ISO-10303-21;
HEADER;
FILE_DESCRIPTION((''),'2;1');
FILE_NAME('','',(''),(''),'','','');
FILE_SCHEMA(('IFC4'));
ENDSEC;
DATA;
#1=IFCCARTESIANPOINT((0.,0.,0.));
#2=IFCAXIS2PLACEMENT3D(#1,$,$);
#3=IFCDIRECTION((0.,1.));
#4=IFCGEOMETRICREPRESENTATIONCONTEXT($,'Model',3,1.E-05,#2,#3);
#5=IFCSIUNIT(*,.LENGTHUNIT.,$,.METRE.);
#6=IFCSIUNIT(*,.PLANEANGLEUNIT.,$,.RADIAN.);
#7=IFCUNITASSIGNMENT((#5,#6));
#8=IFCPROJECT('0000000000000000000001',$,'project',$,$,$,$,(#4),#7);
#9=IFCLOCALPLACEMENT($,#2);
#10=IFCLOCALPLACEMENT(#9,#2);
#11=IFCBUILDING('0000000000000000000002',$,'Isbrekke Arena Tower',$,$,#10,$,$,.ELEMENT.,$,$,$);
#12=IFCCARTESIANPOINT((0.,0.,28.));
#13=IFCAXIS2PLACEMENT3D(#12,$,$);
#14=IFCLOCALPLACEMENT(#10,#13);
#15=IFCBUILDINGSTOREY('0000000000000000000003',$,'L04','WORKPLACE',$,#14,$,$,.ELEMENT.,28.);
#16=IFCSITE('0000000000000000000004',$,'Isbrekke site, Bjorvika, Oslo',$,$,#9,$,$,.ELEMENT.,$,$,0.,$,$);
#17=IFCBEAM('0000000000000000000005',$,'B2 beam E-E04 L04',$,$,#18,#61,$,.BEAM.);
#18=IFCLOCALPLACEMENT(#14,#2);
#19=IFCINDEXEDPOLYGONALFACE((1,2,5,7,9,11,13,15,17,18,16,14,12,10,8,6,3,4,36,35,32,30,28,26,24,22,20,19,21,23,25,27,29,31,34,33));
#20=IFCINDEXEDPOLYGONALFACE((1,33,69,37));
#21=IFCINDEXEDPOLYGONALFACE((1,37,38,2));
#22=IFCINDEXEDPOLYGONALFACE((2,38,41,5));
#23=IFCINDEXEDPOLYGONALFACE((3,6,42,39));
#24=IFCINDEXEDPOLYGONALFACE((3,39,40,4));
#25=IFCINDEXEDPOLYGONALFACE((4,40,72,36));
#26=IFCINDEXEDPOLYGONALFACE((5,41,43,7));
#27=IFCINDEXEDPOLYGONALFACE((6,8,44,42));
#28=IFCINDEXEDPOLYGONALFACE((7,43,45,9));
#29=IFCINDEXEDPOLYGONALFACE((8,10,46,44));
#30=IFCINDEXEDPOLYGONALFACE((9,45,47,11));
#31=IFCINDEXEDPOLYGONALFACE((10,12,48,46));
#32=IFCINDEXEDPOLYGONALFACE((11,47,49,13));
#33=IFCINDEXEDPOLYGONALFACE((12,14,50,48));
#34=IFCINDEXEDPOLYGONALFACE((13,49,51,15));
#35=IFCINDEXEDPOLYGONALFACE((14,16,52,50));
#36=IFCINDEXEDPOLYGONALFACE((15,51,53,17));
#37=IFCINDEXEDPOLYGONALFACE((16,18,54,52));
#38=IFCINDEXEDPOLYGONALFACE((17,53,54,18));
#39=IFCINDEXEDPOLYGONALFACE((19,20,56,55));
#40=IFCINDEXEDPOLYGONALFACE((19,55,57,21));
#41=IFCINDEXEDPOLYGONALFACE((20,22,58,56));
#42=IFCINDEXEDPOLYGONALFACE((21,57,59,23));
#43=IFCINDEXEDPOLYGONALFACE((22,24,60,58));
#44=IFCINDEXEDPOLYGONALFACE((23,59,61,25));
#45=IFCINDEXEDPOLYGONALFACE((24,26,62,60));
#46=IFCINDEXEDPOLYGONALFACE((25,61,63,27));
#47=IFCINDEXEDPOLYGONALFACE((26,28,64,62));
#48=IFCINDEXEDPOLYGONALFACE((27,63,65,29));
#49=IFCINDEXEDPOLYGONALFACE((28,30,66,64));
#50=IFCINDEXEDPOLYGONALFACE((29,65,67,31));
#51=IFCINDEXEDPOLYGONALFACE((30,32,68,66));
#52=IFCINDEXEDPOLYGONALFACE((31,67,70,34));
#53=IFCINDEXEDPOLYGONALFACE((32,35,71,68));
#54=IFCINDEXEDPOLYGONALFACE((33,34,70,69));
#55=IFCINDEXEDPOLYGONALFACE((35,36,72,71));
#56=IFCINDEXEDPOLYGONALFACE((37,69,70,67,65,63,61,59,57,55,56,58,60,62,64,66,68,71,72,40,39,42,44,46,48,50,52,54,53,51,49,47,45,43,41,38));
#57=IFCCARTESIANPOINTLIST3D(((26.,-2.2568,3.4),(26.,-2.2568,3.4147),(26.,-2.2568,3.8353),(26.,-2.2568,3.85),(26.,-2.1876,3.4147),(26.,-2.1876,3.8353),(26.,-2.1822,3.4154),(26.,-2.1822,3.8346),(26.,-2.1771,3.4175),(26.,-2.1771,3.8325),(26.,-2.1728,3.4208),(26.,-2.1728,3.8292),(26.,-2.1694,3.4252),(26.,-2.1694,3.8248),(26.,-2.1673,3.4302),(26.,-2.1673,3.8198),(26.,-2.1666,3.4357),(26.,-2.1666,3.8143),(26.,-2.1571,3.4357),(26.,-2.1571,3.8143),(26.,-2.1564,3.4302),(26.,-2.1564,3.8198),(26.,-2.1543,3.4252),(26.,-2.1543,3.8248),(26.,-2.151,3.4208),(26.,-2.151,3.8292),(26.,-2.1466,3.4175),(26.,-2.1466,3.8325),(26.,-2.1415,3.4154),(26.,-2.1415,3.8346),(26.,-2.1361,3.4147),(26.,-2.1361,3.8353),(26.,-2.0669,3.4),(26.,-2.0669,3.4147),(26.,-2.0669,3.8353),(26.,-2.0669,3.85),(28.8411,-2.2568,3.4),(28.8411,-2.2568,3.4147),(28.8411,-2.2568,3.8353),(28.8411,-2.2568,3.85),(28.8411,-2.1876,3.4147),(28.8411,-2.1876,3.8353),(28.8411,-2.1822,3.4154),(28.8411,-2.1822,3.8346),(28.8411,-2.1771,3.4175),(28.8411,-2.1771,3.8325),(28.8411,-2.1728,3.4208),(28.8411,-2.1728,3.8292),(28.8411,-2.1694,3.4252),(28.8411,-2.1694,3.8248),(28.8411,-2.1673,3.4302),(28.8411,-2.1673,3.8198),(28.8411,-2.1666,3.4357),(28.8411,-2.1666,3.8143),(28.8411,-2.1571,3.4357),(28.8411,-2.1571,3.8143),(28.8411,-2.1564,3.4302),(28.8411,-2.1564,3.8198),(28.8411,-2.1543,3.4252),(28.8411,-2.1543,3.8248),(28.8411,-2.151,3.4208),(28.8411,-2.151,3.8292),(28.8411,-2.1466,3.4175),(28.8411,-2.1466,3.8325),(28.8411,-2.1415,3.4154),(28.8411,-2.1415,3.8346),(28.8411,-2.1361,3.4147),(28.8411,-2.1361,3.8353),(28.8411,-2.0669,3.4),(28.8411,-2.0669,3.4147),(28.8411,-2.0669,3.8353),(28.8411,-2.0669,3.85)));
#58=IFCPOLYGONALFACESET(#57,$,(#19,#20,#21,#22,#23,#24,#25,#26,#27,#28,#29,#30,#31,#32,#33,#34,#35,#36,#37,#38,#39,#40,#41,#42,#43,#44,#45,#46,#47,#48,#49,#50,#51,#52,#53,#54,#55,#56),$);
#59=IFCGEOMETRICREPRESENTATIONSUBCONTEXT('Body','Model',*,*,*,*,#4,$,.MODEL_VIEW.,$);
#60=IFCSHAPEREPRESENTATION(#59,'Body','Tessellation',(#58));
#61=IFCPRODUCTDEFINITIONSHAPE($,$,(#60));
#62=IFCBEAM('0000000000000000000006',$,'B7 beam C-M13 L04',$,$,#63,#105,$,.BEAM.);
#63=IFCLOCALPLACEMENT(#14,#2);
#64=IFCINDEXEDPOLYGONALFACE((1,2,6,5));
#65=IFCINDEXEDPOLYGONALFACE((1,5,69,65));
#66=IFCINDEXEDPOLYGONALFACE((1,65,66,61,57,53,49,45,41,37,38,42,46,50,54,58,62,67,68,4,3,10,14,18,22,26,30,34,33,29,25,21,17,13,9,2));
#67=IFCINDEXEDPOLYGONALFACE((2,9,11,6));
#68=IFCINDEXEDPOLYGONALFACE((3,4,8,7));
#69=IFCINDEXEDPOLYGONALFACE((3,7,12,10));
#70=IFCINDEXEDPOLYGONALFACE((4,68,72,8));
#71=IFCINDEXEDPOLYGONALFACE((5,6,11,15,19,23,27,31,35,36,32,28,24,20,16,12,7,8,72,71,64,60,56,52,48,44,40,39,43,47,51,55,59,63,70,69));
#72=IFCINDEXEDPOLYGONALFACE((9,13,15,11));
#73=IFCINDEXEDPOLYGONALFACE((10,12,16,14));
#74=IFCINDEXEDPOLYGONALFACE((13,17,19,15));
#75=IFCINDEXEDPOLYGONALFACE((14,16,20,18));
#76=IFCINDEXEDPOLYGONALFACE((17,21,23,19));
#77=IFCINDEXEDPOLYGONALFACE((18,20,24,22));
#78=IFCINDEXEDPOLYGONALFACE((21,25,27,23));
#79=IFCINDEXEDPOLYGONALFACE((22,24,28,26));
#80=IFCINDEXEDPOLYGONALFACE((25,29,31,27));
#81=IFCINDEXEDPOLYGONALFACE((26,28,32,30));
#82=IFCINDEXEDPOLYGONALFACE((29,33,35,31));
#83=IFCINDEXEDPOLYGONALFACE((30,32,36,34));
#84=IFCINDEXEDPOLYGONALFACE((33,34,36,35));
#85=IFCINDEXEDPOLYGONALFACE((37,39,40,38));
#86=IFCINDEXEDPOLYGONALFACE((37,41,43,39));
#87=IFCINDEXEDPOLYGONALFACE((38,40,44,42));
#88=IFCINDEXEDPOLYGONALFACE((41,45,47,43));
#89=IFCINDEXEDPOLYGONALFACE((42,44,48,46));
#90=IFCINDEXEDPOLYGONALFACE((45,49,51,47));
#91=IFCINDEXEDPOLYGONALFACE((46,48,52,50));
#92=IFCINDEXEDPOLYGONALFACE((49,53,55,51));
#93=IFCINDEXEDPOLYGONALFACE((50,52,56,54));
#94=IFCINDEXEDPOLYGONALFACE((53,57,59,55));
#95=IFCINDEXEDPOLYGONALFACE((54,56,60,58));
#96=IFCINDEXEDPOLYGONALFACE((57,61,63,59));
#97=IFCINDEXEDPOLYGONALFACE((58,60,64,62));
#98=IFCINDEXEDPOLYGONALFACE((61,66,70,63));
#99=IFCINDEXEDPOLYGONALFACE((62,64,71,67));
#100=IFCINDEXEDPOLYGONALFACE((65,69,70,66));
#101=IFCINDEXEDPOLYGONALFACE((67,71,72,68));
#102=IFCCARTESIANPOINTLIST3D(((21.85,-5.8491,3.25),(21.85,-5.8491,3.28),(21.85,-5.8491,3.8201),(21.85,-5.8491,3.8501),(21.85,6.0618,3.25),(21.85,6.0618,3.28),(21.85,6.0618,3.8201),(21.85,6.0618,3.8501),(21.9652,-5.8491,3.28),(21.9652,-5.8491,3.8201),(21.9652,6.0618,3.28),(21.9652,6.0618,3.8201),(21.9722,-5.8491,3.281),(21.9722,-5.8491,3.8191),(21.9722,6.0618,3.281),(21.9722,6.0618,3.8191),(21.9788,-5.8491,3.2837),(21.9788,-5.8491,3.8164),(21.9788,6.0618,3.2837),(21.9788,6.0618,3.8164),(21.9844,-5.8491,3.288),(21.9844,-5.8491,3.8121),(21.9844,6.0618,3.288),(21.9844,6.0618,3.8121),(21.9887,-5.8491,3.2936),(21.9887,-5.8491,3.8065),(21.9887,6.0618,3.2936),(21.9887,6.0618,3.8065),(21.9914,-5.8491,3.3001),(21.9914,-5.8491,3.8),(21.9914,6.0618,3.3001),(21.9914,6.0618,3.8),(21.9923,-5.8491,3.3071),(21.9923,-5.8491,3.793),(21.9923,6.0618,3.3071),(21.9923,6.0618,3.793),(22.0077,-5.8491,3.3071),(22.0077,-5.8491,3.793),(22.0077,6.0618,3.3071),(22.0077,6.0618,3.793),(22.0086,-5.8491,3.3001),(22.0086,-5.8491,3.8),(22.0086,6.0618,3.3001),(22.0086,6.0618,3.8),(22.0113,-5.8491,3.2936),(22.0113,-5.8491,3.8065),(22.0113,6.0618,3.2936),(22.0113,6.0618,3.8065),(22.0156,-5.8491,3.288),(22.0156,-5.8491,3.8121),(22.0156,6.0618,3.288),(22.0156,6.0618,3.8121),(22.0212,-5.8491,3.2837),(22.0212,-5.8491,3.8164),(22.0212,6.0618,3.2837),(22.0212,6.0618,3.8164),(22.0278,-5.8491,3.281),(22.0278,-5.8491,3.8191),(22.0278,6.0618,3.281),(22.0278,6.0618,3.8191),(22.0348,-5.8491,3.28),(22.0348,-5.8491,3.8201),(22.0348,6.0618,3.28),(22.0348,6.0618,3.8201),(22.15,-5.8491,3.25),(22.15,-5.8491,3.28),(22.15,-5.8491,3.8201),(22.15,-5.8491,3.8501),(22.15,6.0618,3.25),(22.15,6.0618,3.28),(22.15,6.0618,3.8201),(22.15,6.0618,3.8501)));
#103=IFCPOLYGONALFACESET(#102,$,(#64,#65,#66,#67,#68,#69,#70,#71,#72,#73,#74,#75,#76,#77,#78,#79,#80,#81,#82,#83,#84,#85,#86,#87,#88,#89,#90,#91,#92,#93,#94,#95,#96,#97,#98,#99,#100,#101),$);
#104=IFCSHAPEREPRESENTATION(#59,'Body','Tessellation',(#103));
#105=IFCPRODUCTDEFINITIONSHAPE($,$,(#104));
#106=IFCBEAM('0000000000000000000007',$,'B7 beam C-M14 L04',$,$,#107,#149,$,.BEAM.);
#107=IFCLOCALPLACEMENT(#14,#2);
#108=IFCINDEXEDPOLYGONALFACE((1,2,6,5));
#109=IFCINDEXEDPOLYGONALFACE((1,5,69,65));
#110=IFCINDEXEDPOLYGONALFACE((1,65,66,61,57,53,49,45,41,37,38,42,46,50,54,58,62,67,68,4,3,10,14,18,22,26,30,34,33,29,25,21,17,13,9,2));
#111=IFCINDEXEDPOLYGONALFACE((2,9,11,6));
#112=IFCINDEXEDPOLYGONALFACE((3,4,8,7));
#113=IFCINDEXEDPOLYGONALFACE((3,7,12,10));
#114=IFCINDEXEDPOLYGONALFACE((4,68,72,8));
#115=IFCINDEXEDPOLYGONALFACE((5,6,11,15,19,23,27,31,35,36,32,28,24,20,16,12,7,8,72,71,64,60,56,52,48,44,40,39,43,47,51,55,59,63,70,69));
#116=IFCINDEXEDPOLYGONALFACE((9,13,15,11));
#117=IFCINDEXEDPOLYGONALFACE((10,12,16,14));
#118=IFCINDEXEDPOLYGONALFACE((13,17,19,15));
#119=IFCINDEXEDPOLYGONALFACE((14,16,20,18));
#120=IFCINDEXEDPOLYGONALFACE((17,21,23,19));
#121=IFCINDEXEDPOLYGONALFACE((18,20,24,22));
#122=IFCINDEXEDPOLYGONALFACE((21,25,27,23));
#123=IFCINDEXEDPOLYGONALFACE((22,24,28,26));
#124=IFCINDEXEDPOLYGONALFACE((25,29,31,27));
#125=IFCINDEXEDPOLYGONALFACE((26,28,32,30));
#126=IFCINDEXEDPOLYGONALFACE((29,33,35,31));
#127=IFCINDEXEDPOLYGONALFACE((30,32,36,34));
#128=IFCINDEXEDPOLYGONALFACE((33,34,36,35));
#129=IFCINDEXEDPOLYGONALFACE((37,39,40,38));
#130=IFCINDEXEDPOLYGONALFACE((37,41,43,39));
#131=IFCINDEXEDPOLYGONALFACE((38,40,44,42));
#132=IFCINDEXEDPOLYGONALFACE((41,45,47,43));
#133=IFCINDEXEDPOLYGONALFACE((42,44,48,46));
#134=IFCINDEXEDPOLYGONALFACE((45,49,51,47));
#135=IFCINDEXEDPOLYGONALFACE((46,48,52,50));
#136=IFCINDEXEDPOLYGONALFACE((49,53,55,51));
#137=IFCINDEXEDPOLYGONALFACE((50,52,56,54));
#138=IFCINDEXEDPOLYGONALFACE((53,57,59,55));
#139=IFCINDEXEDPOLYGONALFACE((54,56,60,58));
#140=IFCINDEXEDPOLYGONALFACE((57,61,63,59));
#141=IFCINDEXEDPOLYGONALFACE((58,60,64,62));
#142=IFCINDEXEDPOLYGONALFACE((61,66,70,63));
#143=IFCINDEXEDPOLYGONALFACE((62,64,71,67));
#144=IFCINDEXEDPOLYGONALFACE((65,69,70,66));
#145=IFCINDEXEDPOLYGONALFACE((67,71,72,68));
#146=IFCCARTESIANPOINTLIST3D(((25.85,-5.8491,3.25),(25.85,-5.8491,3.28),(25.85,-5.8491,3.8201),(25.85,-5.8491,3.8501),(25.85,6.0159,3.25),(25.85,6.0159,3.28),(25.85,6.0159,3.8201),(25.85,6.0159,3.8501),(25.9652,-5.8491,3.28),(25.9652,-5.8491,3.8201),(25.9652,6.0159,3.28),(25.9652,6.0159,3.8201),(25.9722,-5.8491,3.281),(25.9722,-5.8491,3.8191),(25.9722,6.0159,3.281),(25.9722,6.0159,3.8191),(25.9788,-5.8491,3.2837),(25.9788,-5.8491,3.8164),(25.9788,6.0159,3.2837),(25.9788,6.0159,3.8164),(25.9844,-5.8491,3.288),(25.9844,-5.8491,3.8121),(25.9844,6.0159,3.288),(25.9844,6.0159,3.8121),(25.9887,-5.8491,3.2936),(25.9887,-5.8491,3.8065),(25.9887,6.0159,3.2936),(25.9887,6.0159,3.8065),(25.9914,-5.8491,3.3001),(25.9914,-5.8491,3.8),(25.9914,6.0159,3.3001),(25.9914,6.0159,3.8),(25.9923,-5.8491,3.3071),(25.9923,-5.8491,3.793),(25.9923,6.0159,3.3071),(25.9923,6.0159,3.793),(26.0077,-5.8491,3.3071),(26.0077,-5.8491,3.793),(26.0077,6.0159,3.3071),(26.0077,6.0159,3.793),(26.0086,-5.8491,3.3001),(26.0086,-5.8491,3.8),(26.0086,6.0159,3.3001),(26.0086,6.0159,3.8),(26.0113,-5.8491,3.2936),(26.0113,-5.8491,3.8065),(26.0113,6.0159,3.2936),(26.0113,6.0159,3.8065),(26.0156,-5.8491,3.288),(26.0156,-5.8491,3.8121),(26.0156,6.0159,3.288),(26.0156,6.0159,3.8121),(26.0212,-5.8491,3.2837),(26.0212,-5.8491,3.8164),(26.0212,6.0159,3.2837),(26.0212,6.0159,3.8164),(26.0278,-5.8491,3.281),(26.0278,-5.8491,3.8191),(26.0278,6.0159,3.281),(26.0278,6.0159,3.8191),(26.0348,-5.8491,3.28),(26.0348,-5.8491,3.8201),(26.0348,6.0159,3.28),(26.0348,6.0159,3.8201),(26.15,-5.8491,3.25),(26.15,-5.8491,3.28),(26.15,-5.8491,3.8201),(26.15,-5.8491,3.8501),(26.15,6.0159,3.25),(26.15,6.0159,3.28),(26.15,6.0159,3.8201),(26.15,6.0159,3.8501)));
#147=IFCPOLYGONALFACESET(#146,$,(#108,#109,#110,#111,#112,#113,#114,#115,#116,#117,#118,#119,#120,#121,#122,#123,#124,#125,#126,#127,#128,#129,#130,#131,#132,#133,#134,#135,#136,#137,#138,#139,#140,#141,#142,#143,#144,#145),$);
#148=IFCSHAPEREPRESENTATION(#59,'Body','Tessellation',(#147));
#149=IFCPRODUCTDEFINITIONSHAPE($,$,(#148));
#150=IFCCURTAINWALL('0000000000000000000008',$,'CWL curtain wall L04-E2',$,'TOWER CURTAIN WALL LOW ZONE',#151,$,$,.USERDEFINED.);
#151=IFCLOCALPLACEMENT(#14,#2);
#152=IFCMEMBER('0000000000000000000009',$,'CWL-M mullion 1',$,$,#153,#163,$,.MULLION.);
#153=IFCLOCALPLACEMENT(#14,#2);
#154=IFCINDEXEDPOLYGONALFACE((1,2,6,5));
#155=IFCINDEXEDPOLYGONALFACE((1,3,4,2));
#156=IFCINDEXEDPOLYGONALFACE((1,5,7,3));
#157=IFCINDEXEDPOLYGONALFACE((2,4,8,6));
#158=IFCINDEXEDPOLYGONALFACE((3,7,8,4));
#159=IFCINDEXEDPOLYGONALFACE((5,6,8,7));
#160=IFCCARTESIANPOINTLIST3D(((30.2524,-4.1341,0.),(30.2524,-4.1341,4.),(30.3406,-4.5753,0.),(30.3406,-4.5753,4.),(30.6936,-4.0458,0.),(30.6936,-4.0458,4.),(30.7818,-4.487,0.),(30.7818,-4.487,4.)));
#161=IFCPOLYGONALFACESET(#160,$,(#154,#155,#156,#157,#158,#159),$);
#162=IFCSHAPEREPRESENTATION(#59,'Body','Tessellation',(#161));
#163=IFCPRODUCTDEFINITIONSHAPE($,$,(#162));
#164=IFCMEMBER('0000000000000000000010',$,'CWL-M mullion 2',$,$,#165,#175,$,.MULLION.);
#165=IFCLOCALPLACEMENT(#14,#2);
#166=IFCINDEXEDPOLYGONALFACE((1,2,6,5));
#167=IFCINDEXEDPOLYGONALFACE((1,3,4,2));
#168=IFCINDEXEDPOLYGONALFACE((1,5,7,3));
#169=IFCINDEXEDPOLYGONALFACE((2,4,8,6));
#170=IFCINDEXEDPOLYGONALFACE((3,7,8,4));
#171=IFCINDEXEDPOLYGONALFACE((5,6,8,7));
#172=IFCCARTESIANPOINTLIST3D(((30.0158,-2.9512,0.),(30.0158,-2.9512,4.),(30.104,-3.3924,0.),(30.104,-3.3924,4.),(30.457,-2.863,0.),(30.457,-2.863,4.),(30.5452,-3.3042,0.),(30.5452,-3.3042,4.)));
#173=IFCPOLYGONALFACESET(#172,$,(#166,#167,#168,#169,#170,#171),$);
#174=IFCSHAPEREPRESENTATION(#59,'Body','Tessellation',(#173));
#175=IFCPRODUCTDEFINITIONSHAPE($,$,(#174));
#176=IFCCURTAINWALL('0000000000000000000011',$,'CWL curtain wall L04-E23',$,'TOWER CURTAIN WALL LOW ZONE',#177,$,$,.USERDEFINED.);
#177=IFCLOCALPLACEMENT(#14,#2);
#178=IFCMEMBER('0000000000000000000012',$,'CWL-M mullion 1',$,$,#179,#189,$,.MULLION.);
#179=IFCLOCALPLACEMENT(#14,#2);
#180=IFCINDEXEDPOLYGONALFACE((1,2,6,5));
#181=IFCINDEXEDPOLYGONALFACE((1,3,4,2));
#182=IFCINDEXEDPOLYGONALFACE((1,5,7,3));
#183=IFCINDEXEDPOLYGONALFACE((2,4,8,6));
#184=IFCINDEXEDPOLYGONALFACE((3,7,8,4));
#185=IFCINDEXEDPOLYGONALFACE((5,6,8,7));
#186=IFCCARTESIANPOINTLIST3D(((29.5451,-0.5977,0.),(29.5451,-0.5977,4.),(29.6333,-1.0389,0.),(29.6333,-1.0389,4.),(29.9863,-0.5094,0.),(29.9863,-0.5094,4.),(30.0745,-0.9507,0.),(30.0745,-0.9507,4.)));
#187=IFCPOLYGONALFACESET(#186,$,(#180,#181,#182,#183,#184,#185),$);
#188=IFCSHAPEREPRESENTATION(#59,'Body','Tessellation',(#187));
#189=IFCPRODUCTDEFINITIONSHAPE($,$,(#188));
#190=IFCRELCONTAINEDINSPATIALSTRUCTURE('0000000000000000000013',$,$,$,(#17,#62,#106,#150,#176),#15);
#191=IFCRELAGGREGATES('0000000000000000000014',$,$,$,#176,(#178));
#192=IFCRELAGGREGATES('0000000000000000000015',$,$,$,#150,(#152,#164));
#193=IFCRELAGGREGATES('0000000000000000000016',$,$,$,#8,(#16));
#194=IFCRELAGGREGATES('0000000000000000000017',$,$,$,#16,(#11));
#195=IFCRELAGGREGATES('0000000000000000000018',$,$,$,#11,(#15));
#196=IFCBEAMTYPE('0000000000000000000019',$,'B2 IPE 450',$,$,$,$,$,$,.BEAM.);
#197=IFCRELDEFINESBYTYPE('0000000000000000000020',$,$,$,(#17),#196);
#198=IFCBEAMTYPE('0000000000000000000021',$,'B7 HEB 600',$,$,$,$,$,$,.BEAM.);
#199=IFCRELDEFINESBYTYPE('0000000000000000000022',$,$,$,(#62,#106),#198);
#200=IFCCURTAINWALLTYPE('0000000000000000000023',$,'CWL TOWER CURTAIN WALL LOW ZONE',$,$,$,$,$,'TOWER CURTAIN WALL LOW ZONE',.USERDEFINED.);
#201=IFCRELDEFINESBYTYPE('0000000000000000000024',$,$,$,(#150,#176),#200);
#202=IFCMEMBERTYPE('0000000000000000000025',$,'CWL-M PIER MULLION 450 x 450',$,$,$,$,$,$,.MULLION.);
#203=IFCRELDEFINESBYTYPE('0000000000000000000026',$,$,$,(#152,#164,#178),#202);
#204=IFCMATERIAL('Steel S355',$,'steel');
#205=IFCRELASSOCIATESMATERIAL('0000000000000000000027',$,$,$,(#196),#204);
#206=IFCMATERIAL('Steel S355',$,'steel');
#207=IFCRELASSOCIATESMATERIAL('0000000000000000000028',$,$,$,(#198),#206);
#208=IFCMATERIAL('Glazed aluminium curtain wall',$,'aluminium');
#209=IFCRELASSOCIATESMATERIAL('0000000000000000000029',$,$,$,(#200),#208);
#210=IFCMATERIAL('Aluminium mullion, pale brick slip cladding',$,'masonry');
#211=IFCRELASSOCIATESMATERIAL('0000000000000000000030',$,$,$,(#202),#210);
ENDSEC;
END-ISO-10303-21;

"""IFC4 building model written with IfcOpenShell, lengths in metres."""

from ifc_helpers import new_model, si_unit, direction, frame, origin, origin_2d, place, context, subcontext, project, spatial, rectangle, i_section, extrude, material, material_profile, profile_set, type_object, element, aggregate, save


model = new_model("IFC4")

# Units and contexts
model_context = context("Model", 3, precision=1e-05, world=origin(), true_north=direction((0.0, 1.0)))
body_context = subcontext(model_context, "Body", "Model", "MODEL_VIEW")
ifc_project = project(units=[si_unit("LENGTHUNIT", "METRE"), si_unit("PLANEANGLEUNIT", "RADIAN")], contexts=[model_context])

# Site, building, storey
site_placement = place(None, origin())
site = spatial("IfcSite", under=ifc_project, at=site_placement, Name="Isbrekke site, Bjorvika, Oslo", CompositionType="ELEMENT", RefElevation=0.0)
building_placement = place(site_placement, origin())
building = spatial("IfcBuilding", under=site, at=building_placement, Name="Isbrekke Arena Tower", CompositionType="ELEMENT")
storey_placement = place(building_placement, frame((0.0, 0.0, 28.0)))
storey = spatial("IfcBuildingStorey", under=building, at=storey_placement, Name="L04", Description="WORKPLACE", CompositionType="ELEMENT", Elevation=28.0)

# Beams
ifc_material_1 = material(Name="Steel S355", Category="steel")
ifc_material_profile_1 = material_profile(ifc_material_1, i_section(OverallWidth=0.1899, OverallDepth=0.45, WebThickness=0.0095, FlangeThickness=0.0146, FilletRadius=0.021, at=origin_2d()), Name="IPE 450")
ifc_profile_set_1 = profile_set([ifc_material_profile_1], Name="Steel S355")
beam_type_1 = type_object("IfcBeamType", Name="B2 IPE 450", PredefinedType="BEAM", material=ifc_profile_set_1)
beam_1_placement = place(storey_placement, frame((28.8411, -2.1619, 3.625), z_axis=(-1.0, 0.0, 0.0), x_axis=(0.0, -1.0, 0.0)))
element("IfcBeam", 1, at=beam_1_placement, inside=storey, type_object=beam_type_1, Name="B2 beam E-E04 L04", PredefinedType="BEAM", context=body_context, shape_type="SweptSolid", body=[
    extrude(i_section(OverallWidth=0.1899, OverallDepth=0.45, WebThickness=0.0095, FlangeThickness=0.0146, FilletRadius=0.021, at=origin_2d()), origin(), (0.0, 0.0, 1.0), 2.8411),
])
ifc_material_2 = material(Name="Steel S355", Category="steel")
ifc_material_profile_2 = material_profile(ifc_material_2, i_section(OverallWidth=0.3, OverallDepth=0.6001, WebThickness=0.0154, FlangeThickness=0.03, FilletRadius=0.0271, at=origin_2d()), Name="HEB 600")
ifc_profile_set_2 = profile_set([ifc_material_profile_2], Name="Steel S355")
beam_type_2 = type_object("IfcBeamType", Name="B7 HEB 600", PredefinedType="BEAM", material=ifc_profile_set_2)
beam_2_placement = place(storey_placement, frame((22.0, -5.8491, 3.55), z_axis=(0.0, 1.0, 0.0), x_axis=(-1.0, 0.0, 0.0)))
element("IfcBeam", 2, at=beam_2_placement, inside=storey, type_object=beam_type_2, Name="B7 beam C-M13 L04", PredefinedType="BEAM", context=body_context, shape_type="SweptSolid", body=[
    extrude(i_section(OverallWidth=0.3, OverallDepth=0.6001, WebThickness=0.0154, FlangeThickness=0.03, FilletRadius=0.0271, at=origin_2d()), origin(), (0.0, 0.0, 1.0), 11.9109),
])
beam_3_placement = place(storey_placement, frame((26.0, -5.8491, 3.55), z_axis=(0.0, 1.0, 0.0), x_axis=(-1.0, 0.0, 0.0)))
element("IfcBeam", 3, at=beam_3_placement, inside=storey, type_object=beam_type_2, Name="B7 beam C-M14 L04", PredefinedType="BEAM", context=body_context, shape_type="SweptSolid", body=[
    extrude(i_section(OverallWidth=0.3, OverallDepth=0.6001, WebThickness=0.0154, FlangeThickness=0.03, FilletRadius=0.0271, at=origin_2d()), origin(), (0.0, 0.0, 1.0), 11.865),
])

# Curtain wall, members
ifc_material_3 = material(Name="Glazed aluminium curtain wall", Category="aluminium")
curtain_wall_type = type_object("IfcCurtainWallType", Name="CWL TOWER CURTAIN WALL LOW ZONE", ElementType="TOWER CURTAIN WALL LOW ZONE", PredefinedType="USERDEFINED", material=ifc_material_3)
curtain_wall_1_placement = place(storey_placement, origin())
curtain_wall_1 = element("IfcCurtainWall", 4, at=curtain_wall_1_placement, inside=storey, type_object=curtain_wall_type, Name="CWL curtain wall L04-E2", ObjectType="TOWER CURTAIN WALL LOW ZONE", PredefinedType="USERDEFINED")
ifc_material_4 = material(Name="Aluminium mullion, pale brick slip cladding", Category="masonry")
ifc_material_profile_3 = material_profile(ifc_material_4, rectangle(XDim=0.45, YDim=0.45, at=origin_2d()), Name="PIER 450X450")
ifc_profile_set_3 = profile_set([ifc_material_profile_3], Name="Aluminium mullion, pale brick slip cladding")
member_type_1 = type_object("IfcMemberType", Name="CWL-M PIER MULLION 450 x 450", PredefinedType="MULLION", material=ifc_profile_set_3)
member_1_placement = place(storey_placement, frame((30.5171, -4.3105, 0.0), z_axis=(0.0, 0.0, 1.0), x_axis=(-0.196116, 0.980581, 0.0)))
member_1 = element("IfcMember", 5, at=member_1_placement, type_object=member_type_1, Name="CWL-M mullion 1", PredefinedType="MULLION", context=body_context, shape_type="SweptSolid", body=[
    extrude(rectangle(XDim=0.45, YDim=0.45, at=origin_2d()), origin(), (0.0, 0.0, 1.0), 4.0),
])
member_2_placement = place(storey_placement, frame((30.2805, -3.1277, 0.0), z_axis=(0.0, 0.0, 1.0), x_axis=(-0.196116, 0.980581, 0.0)))
member_2 = element("IfcMember", 6, at=member_2_placement, type_object=member_type_1, Name="CWL-M mullion 2", PredefinedType="MULLION", context=body_context, shape_type="SweptSolid", body=[
    extrude(rectangle(XDim=0.45, YDim=0.45, at=origin_2d()), origin(), (0.0, 0.0, 1.0), 4.0),
])

# Curtain wall, member
curtain_wall_2_placement = place(storey_placement, origin())
curtain_wall_2 = element("IfcCurtainWall", 7, at=curtain_wall_2_placement, inside=storey, type_object=curtain_wall_type, Name="CWL curtain wall L04-E23", ObjectType="TOWER CURTAIN WALL LOW ZONE", PredefinedType="USERDEFINED")
member_3_placement = place(storey_placement, frame((29.8098, -0.7742, 0.0), z_axis=(0.0, 0.0, 1.0), x_axis=(-0.196116, 0.980581, 0.0)))
member_3 = element("IfcMember", 8, at=member_3_placement, type_object=member_type_1, Name="CWL-M mullion 1", PredefinedType="MULLION", context=body_context, shape_type="SweptSolid", body=[
    extrude(rectangle(XDim=0.45, YDim=0.45, at=origin_2d()), origin(), (0.0, 0.0, 1.0), 4.0),
])

aggregate(curtain_wall_2, [member_3])

aggregate(curtain_wall_1, [member_1, member_2])

save(model, "model.ifc")
